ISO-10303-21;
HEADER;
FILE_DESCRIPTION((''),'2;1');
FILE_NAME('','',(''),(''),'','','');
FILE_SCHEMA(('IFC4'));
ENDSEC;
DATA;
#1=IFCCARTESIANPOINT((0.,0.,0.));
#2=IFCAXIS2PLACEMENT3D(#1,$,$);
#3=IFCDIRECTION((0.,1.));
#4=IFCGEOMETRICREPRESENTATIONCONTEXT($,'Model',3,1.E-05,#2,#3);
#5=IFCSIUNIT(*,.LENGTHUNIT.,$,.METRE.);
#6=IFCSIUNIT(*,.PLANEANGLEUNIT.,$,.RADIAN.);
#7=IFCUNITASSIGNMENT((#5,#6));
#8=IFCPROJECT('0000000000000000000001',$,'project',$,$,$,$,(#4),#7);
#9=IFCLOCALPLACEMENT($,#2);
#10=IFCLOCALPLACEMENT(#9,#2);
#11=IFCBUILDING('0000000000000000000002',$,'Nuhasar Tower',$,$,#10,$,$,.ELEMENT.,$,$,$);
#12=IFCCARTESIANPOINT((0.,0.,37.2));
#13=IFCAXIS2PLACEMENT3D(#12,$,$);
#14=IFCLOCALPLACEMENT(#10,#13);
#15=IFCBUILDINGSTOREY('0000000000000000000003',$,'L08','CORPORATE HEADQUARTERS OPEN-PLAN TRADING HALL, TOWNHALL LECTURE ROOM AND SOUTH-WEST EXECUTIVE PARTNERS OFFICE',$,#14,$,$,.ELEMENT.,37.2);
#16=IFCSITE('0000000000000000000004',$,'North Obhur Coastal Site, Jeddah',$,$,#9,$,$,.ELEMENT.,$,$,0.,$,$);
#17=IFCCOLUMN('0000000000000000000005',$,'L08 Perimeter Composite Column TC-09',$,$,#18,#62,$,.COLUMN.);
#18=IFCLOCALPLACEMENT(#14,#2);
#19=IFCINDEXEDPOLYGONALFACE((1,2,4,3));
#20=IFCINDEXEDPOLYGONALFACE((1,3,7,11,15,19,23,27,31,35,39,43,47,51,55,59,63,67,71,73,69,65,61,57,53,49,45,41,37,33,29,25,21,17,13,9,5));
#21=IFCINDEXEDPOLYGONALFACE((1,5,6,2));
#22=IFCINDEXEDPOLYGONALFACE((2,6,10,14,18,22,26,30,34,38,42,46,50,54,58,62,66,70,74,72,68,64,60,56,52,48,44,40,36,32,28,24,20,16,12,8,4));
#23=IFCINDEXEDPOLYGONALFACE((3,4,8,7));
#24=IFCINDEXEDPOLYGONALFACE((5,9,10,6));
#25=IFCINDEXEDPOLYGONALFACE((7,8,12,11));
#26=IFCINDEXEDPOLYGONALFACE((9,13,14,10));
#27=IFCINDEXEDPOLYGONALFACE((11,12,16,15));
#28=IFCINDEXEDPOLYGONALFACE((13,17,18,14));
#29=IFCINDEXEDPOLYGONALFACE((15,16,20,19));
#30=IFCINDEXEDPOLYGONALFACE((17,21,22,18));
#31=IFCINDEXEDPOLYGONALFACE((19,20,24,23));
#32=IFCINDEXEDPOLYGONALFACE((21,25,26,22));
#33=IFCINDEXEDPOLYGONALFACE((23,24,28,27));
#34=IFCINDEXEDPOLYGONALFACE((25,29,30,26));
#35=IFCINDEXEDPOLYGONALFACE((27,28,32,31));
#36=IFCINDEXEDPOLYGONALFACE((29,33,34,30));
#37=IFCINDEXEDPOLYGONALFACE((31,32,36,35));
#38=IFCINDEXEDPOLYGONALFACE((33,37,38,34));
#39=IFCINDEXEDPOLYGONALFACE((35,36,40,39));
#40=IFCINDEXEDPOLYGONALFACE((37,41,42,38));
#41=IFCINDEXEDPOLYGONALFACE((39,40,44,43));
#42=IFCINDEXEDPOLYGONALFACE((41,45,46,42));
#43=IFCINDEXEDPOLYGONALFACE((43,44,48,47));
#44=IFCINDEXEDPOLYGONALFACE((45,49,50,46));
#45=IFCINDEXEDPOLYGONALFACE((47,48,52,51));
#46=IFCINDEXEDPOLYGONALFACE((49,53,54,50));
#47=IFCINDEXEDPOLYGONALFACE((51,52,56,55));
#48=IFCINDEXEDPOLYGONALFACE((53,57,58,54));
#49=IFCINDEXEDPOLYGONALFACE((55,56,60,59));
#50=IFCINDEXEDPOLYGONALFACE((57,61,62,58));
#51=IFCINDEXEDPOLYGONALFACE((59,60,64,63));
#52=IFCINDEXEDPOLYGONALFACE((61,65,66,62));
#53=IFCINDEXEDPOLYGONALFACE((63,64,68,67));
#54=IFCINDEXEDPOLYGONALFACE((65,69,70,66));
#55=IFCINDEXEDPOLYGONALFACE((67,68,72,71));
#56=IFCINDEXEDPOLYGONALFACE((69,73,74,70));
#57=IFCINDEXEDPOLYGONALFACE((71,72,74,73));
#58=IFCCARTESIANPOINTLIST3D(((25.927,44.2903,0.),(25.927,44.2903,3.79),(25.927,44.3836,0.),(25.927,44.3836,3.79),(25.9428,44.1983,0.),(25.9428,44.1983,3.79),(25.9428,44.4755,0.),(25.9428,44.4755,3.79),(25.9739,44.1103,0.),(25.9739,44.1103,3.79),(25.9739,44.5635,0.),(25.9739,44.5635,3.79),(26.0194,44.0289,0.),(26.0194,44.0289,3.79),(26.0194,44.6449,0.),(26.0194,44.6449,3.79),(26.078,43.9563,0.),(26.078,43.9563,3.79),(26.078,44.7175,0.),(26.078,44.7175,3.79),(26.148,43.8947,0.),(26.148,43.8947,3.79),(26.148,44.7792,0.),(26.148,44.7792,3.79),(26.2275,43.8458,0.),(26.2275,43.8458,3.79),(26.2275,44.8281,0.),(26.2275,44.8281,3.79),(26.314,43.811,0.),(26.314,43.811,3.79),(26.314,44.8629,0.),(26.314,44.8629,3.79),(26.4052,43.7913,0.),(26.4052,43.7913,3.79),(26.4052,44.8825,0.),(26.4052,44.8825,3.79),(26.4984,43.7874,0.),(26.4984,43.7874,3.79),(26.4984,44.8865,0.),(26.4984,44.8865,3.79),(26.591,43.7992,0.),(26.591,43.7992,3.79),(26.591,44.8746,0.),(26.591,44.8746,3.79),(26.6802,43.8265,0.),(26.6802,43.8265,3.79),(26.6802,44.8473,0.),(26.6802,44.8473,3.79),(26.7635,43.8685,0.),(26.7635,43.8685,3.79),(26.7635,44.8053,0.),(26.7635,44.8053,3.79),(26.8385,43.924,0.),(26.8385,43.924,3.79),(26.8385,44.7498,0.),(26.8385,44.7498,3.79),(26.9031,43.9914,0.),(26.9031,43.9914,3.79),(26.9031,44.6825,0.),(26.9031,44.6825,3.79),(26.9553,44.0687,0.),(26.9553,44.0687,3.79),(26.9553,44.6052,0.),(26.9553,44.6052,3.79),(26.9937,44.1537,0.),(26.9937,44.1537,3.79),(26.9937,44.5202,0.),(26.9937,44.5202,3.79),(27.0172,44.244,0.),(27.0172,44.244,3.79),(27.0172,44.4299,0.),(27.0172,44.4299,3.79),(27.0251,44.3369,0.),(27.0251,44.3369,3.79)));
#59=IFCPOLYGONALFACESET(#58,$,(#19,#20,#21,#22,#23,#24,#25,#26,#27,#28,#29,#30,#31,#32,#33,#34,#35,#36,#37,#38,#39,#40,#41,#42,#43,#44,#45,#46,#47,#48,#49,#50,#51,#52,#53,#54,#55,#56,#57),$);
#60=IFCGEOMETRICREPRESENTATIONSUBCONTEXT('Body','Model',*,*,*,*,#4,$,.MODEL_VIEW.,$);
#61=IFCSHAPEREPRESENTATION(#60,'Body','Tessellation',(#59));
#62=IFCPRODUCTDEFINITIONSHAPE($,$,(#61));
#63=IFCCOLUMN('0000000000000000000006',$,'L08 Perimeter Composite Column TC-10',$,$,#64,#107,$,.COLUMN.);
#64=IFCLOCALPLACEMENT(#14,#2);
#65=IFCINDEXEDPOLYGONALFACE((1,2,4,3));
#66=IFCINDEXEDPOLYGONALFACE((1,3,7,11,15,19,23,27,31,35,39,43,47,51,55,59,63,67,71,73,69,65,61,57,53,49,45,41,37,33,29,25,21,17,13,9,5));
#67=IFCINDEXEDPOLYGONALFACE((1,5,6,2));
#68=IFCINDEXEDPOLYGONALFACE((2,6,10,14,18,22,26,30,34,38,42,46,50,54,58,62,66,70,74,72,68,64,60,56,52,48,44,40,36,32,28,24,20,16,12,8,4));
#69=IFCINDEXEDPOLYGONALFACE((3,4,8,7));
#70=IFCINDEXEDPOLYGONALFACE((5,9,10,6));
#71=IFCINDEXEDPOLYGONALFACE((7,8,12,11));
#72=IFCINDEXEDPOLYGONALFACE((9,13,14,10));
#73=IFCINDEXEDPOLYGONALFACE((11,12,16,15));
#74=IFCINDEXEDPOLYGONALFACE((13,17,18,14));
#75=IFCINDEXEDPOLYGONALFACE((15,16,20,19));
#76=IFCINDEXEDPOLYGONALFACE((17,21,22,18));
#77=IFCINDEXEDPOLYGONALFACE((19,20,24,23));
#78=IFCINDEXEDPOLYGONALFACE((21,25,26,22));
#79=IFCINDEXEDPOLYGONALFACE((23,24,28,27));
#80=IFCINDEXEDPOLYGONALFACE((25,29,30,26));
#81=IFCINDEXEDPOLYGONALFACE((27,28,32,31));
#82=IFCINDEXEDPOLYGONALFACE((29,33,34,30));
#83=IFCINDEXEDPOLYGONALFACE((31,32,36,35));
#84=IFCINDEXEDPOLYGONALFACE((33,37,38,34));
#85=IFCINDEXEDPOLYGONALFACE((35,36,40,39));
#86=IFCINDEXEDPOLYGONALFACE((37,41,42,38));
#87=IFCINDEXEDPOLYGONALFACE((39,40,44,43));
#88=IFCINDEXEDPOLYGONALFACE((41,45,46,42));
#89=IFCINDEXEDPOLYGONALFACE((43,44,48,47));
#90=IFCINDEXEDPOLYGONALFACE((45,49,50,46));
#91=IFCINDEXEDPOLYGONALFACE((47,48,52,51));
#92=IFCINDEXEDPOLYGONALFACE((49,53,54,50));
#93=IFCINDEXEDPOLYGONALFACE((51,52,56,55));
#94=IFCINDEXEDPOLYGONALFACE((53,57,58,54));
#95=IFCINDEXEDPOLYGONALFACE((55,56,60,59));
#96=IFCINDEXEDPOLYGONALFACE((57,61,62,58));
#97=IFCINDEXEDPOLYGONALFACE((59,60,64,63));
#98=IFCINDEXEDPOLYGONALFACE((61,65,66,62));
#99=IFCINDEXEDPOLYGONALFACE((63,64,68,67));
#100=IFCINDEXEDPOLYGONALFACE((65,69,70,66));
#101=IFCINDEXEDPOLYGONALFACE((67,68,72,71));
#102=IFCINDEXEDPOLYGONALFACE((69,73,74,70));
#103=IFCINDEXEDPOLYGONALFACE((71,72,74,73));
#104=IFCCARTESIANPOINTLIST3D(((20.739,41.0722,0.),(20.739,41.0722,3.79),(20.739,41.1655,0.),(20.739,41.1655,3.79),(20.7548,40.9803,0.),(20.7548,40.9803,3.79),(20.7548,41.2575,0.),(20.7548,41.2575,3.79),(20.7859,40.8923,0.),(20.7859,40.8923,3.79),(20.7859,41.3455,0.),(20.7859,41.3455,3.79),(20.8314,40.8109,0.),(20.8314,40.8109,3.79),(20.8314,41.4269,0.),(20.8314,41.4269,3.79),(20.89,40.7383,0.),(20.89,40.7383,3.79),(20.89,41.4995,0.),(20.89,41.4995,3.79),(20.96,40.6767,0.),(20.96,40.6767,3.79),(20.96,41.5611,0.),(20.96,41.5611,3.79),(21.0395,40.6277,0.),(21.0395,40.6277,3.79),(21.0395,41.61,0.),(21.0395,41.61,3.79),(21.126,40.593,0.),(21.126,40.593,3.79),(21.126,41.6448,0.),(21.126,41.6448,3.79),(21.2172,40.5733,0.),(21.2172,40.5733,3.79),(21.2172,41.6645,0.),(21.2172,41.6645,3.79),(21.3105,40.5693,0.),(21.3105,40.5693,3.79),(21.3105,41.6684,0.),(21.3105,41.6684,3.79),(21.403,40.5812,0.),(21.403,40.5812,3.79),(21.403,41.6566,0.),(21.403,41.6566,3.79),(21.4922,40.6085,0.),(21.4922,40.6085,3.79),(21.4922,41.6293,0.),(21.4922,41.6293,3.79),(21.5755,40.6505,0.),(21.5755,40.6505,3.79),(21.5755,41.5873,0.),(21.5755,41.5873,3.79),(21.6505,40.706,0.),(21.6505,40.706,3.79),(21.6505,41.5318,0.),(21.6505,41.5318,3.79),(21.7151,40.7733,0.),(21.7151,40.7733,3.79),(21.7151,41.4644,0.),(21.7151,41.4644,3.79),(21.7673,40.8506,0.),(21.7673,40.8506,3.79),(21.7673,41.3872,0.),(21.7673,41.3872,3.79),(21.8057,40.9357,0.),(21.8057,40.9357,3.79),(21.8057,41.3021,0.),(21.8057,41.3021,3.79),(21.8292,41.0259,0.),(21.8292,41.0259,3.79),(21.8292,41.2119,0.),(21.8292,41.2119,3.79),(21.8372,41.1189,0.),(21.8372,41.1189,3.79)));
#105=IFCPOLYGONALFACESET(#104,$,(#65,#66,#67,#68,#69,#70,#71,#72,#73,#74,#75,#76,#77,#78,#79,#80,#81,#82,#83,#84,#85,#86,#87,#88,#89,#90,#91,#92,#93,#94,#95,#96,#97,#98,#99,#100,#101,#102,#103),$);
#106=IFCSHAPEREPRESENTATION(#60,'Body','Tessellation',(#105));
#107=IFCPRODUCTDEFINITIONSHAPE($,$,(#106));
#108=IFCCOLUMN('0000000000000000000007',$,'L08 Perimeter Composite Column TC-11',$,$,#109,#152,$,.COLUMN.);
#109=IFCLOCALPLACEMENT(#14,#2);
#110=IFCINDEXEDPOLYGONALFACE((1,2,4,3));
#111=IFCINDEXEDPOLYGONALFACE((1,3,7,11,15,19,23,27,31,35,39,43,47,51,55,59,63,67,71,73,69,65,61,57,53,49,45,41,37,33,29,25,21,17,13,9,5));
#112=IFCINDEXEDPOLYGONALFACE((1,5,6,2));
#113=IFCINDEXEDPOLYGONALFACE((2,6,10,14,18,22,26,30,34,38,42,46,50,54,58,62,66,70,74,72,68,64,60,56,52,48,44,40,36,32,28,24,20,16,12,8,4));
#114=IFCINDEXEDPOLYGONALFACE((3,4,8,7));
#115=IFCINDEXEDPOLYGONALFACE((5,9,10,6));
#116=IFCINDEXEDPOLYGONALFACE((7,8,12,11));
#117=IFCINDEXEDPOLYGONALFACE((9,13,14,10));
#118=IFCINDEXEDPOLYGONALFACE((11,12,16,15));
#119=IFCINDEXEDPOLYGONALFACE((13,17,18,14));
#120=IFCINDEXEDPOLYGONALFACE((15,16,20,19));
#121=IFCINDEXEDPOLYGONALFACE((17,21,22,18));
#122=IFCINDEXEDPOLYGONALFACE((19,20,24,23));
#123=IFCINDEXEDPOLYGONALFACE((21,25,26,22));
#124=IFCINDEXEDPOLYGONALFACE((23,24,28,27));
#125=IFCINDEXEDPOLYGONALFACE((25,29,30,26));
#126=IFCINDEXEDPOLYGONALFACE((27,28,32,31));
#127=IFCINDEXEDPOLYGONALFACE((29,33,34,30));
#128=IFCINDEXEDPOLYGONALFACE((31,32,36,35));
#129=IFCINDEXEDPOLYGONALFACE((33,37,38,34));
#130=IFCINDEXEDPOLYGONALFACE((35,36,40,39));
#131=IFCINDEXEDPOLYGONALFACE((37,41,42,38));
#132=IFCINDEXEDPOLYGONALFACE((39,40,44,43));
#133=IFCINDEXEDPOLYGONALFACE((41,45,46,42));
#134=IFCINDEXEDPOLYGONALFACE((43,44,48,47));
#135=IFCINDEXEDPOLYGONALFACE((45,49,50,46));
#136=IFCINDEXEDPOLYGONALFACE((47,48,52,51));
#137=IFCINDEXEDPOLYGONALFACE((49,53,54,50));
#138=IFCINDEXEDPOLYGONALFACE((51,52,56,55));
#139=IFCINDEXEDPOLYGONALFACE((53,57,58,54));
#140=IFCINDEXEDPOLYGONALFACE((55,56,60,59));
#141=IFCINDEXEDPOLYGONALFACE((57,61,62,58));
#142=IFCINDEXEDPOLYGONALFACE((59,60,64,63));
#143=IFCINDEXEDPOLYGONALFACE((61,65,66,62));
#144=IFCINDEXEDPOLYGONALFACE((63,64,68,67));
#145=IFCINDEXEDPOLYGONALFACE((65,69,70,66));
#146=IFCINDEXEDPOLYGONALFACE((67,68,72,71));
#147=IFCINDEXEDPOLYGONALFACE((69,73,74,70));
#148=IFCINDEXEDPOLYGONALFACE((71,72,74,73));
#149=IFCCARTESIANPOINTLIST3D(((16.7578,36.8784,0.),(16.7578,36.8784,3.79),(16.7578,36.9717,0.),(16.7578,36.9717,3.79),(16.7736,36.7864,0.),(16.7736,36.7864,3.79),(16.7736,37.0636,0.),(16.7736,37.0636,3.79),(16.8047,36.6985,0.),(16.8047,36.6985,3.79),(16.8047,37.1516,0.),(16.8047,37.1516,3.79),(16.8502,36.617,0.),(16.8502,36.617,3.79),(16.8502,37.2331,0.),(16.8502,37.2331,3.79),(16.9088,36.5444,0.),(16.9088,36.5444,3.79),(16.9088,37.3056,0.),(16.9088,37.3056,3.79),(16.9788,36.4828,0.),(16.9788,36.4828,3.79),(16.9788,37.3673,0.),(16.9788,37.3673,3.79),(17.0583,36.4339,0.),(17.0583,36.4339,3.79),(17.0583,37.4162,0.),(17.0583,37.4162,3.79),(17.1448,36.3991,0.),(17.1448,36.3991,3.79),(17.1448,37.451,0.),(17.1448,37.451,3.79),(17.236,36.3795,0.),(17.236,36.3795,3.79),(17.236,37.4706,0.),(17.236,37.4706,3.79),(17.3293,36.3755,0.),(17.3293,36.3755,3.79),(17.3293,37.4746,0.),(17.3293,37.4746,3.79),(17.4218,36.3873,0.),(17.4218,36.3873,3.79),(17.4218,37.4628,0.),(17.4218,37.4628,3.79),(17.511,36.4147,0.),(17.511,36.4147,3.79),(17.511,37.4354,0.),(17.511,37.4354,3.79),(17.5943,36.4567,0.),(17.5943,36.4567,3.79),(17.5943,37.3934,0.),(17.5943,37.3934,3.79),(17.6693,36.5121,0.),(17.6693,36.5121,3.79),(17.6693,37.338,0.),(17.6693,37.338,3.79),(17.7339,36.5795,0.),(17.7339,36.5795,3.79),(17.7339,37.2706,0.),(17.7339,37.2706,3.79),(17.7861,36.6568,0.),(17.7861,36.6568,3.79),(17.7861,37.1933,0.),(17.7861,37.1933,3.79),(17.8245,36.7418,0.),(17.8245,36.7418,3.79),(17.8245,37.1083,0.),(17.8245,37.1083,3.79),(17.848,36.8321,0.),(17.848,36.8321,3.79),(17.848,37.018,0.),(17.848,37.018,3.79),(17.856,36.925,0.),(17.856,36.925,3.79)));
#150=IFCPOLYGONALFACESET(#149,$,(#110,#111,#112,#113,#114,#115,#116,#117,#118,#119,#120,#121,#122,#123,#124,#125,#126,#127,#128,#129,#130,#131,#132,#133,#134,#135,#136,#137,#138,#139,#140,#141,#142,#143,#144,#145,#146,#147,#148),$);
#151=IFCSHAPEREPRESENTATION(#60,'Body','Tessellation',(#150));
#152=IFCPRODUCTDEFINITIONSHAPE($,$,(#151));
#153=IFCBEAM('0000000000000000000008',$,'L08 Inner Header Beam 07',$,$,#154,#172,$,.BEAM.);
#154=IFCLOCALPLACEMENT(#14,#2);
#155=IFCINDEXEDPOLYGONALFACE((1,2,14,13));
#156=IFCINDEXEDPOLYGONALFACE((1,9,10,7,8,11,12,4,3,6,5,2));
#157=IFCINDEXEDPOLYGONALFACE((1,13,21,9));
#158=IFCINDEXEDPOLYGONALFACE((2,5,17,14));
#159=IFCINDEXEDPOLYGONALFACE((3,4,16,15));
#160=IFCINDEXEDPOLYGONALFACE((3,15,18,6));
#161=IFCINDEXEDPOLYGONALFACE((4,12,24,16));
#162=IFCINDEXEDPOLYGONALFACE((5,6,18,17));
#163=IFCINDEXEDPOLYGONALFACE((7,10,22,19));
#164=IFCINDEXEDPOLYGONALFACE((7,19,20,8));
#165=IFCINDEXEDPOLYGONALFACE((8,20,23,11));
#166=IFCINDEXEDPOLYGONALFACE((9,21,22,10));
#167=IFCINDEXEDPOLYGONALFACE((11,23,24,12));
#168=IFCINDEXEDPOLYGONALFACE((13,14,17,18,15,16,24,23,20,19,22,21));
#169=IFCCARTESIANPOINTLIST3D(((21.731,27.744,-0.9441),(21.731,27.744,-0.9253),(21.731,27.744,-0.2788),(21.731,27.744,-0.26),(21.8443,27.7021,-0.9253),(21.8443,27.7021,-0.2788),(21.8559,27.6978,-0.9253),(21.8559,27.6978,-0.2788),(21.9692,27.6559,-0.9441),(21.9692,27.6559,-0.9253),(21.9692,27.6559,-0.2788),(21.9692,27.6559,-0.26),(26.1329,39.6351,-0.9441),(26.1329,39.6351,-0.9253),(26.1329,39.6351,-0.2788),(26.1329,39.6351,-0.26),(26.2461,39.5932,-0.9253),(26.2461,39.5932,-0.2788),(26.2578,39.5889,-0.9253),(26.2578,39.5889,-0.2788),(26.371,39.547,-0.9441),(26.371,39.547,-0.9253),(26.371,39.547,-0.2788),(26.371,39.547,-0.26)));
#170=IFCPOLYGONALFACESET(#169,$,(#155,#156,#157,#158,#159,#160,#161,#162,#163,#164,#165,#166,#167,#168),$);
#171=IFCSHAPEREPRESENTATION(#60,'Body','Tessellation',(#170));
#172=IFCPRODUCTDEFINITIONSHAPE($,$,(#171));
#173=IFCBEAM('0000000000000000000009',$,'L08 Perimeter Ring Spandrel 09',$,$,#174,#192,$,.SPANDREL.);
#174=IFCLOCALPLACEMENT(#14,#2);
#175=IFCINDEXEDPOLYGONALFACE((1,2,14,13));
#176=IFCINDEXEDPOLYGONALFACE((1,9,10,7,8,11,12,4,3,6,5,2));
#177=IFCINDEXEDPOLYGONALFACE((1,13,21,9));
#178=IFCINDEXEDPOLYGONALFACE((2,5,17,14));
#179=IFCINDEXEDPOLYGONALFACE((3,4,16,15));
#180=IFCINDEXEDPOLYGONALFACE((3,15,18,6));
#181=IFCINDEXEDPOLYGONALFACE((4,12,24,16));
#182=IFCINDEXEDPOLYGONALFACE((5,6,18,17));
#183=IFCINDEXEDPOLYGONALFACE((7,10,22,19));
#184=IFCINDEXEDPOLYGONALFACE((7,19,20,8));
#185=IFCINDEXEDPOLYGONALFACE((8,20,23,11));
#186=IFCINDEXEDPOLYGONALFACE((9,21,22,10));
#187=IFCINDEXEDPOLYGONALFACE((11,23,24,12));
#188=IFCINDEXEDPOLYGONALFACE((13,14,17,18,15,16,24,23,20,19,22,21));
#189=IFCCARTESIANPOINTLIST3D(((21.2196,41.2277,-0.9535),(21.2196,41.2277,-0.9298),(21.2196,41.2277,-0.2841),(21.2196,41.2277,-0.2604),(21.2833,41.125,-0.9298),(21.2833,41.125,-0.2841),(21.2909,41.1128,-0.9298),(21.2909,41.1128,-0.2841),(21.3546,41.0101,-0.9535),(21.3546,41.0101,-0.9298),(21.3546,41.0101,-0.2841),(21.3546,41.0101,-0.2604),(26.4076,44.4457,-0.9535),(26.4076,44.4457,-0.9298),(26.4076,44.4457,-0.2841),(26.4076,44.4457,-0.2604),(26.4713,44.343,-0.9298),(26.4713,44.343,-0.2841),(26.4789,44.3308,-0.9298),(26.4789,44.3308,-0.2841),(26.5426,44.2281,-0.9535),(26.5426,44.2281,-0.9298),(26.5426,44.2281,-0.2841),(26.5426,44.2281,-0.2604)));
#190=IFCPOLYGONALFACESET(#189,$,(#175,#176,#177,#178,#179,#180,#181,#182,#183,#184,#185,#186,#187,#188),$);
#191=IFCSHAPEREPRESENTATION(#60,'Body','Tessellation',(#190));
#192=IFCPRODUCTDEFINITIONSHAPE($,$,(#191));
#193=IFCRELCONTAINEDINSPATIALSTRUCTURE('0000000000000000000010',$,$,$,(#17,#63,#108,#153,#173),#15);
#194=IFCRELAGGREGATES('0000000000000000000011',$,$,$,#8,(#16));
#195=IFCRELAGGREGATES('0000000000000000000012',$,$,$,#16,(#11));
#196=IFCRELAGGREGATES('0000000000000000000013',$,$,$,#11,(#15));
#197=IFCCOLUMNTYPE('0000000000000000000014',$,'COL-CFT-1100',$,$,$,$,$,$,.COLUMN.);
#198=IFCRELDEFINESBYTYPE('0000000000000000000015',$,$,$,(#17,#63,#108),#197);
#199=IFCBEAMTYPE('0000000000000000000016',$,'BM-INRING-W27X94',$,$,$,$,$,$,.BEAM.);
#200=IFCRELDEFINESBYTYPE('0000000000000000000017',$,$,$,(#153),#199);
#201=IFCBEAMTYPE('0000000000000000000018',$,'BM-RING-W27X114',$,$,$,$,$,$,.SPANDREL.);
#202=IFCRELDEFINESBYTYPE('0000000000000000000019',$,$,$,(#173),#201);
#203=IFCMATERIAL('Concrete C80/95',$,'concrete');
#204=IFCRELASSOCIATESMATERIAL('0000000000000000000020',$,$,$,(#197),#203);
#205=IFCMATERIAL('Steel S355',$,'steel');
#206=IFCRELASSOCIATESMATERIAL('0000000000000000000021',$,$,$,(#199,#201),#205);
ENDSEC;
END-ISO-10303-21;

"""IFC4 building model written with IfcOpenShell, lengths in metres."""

from ifc_helpers import new_model, si_unit, direction, frame, origin, origin_2d, place, context, subcontext, project, spatial, circle, i_section, extrude, material, material_profile, profile_set, type_object, element, save


model = new_model("IFC4")

# Units and contexts
model_context = context("Model", 3, precision=1e-05, world=origin(), true_north=direction((0.0, 1.0)))
body_context = subcontext(model_context, "Body", "Model", "MODEL_VIEW")
ifc_project = project(units=[si_unit("LENGTHUNIT", "METRE"), si_unit("PLANEANGLEUNIT", "RADIAN")], contexts=[model_context])

# Site, building, storey
site_placement = place(None, origin())
site = spatial("IfcSite", under=ifc_project, at=site_placement, Name="North Obhur Coastal Site, Jeddah", CompositionType="ELEMENT", RefElevation=0.0)
building_placement = place(site_placement, origin())
building = spatial("IfcBuilding", under=site, at=building_placement, Name="Nuhasar Tower", CompositionType="ELEMENT")
storey_placement = place(building_placement, frame((0.0, 0.0, 37.2)))
storey = spatial("IfcBuildingStorey", under=building, at=storey_placement, Name="L08", Description="CORPORATE HEADQUARTERS OPEN-PLAN TRADING HALL, TOWNHALL LECTURE ROOM AND SOUTH-WEST EXECUTIVE PARTNERS OFFICE", CompositionType="ELEMENT", Elevation=37.2)

# Columns
ifc_material_1 = material(Name="Concrete C80/95", Category="concrete")
ifc_material_profile_1 = material_profile(ifc_material_1, circle(Radius=0.55, at=origin_2d()), Name="CFT1100")
ifc_profile_set_1 = profile_set([ifc_material_profile_1], Name="Concrete C80/95")
column_type = type_object("IfcColumnType", Name="COL-CFT-1100", PredefinedType="COLUMN", material=ifc_profile_set_1)
for number, where, z_axis, x_axis, name in (
    (1, (26.4751, 44.3369, 0.0), (0.0, 0.0, 1.0), (1.0, 0.0, 0.0), "L08 Perimeter Composite Column TC-09"),
    (2, (21.2871, 41.1189, 0.0), (0.0, 0.0, 1.0), (1.0, 0.0, 0.0), "L08 Perimeter Composite Column TC-10"),
    (3, (17.3059, 36.925, 0.0), (0.0, 0.0, 1.0), (1.0, 0.0, 0.0), "L08 Perimeter Composite Column TC-11"),
):
    element("IfcColumn", number, at=place(storey_placement, frame(where, z_axis=z_axis, x_axis=x_axis)), inside=storey, type_object=column_type, Name=name, PredefinedType="COLUMN", context=body_context, shape_type="SweptSolid", body=[
        extrude(circle(Radius=0.55, at=origin_2d()), origin(), (0.0, 0.0, 1.0), 3.79),
    ])

# Beams
ifc_material_2 = material(Name="Steel S355", Category="steel")
ifc_material_profile_2 = material_profile(ifc_material_2, i_section(OverallWidth=0.2539, OverallDepth=0.6841, WebThickness=0.0125, FlangeThickness=0.0188, at=origin_2d()), Name="W27X94")
ifc_profile_set_2 = profile_set([ifc_material_profile_2], Name="Steel S355")
beam_type_1 = type_object("IfcBeamType", Name="BM-INRING-W27X94", PredefinedType="BEAM", material=ifc_profile_set_2)
beam_1_placement = place(storey_placement, frame((26.252, 39.5911, -0.6021), z_axis=(-0.347158, -0.937807, 0.0), x_axis=(0.937807, -0.347158, 0.0)))
element("IfcBeam", 4, at=beam_1_placement, inside=storey, type_object=beam_type_1, Name="L08 Inner Header Beam 07", PredefinedType="BEAM", context=body_context, shape_type="SweptSolid", body=[
    extrude(i_section(OverallWidth=0.2539, OverallDepth=0.6841, WebThickness=0.0125, FlangeThickness=0.0188, at=origin_2d()), origin(), (0.0, 0.0, 1.0), 12.6797),
])
ifc_material_profile_3 = material_profile(ifc_material_2, i_section(OverallWidth=0.2561, OverallDepth=0.6931, WebThickness=0.0144, FlangeThickness=0.0237, at=origin_2d()), Name="W27X114")
ifc_profile_set_3 = profile_set([ifc_material_profile_3], Name="Steel S355")
beam_type_2 = type_object("IfcBeamType", Name="BM-RING-W27X114", PredefinedType="SPANDREL", material=ifc_profile_set_3)
beam_2_placement = place(storey_placement, frame((26.4751, 44.3369, -0.6069), z_axis=(-0.849795, -0.527113, 0.0), x_axis=(0.527113, -0.849795, 0.0)))
element("IfcBeam", 5, at=beam_2_placement, inside=storey, type_object=beam_type_2, Name="L08 Perimeter Ring Spandrel 09", PredefinedType="SPANDREL", context=body_context, shape_type="SweptSolid", body=[
    extrude(i_section(OverallWidth=0.2561, OverallDepth=0.6931, WebThickness=0.0144, FlangeThickness=0.0237, at=origin_2d()), origin(), (0.0, 0.0, 1.0), 6.105),
])

save(model, "model.ifc")
